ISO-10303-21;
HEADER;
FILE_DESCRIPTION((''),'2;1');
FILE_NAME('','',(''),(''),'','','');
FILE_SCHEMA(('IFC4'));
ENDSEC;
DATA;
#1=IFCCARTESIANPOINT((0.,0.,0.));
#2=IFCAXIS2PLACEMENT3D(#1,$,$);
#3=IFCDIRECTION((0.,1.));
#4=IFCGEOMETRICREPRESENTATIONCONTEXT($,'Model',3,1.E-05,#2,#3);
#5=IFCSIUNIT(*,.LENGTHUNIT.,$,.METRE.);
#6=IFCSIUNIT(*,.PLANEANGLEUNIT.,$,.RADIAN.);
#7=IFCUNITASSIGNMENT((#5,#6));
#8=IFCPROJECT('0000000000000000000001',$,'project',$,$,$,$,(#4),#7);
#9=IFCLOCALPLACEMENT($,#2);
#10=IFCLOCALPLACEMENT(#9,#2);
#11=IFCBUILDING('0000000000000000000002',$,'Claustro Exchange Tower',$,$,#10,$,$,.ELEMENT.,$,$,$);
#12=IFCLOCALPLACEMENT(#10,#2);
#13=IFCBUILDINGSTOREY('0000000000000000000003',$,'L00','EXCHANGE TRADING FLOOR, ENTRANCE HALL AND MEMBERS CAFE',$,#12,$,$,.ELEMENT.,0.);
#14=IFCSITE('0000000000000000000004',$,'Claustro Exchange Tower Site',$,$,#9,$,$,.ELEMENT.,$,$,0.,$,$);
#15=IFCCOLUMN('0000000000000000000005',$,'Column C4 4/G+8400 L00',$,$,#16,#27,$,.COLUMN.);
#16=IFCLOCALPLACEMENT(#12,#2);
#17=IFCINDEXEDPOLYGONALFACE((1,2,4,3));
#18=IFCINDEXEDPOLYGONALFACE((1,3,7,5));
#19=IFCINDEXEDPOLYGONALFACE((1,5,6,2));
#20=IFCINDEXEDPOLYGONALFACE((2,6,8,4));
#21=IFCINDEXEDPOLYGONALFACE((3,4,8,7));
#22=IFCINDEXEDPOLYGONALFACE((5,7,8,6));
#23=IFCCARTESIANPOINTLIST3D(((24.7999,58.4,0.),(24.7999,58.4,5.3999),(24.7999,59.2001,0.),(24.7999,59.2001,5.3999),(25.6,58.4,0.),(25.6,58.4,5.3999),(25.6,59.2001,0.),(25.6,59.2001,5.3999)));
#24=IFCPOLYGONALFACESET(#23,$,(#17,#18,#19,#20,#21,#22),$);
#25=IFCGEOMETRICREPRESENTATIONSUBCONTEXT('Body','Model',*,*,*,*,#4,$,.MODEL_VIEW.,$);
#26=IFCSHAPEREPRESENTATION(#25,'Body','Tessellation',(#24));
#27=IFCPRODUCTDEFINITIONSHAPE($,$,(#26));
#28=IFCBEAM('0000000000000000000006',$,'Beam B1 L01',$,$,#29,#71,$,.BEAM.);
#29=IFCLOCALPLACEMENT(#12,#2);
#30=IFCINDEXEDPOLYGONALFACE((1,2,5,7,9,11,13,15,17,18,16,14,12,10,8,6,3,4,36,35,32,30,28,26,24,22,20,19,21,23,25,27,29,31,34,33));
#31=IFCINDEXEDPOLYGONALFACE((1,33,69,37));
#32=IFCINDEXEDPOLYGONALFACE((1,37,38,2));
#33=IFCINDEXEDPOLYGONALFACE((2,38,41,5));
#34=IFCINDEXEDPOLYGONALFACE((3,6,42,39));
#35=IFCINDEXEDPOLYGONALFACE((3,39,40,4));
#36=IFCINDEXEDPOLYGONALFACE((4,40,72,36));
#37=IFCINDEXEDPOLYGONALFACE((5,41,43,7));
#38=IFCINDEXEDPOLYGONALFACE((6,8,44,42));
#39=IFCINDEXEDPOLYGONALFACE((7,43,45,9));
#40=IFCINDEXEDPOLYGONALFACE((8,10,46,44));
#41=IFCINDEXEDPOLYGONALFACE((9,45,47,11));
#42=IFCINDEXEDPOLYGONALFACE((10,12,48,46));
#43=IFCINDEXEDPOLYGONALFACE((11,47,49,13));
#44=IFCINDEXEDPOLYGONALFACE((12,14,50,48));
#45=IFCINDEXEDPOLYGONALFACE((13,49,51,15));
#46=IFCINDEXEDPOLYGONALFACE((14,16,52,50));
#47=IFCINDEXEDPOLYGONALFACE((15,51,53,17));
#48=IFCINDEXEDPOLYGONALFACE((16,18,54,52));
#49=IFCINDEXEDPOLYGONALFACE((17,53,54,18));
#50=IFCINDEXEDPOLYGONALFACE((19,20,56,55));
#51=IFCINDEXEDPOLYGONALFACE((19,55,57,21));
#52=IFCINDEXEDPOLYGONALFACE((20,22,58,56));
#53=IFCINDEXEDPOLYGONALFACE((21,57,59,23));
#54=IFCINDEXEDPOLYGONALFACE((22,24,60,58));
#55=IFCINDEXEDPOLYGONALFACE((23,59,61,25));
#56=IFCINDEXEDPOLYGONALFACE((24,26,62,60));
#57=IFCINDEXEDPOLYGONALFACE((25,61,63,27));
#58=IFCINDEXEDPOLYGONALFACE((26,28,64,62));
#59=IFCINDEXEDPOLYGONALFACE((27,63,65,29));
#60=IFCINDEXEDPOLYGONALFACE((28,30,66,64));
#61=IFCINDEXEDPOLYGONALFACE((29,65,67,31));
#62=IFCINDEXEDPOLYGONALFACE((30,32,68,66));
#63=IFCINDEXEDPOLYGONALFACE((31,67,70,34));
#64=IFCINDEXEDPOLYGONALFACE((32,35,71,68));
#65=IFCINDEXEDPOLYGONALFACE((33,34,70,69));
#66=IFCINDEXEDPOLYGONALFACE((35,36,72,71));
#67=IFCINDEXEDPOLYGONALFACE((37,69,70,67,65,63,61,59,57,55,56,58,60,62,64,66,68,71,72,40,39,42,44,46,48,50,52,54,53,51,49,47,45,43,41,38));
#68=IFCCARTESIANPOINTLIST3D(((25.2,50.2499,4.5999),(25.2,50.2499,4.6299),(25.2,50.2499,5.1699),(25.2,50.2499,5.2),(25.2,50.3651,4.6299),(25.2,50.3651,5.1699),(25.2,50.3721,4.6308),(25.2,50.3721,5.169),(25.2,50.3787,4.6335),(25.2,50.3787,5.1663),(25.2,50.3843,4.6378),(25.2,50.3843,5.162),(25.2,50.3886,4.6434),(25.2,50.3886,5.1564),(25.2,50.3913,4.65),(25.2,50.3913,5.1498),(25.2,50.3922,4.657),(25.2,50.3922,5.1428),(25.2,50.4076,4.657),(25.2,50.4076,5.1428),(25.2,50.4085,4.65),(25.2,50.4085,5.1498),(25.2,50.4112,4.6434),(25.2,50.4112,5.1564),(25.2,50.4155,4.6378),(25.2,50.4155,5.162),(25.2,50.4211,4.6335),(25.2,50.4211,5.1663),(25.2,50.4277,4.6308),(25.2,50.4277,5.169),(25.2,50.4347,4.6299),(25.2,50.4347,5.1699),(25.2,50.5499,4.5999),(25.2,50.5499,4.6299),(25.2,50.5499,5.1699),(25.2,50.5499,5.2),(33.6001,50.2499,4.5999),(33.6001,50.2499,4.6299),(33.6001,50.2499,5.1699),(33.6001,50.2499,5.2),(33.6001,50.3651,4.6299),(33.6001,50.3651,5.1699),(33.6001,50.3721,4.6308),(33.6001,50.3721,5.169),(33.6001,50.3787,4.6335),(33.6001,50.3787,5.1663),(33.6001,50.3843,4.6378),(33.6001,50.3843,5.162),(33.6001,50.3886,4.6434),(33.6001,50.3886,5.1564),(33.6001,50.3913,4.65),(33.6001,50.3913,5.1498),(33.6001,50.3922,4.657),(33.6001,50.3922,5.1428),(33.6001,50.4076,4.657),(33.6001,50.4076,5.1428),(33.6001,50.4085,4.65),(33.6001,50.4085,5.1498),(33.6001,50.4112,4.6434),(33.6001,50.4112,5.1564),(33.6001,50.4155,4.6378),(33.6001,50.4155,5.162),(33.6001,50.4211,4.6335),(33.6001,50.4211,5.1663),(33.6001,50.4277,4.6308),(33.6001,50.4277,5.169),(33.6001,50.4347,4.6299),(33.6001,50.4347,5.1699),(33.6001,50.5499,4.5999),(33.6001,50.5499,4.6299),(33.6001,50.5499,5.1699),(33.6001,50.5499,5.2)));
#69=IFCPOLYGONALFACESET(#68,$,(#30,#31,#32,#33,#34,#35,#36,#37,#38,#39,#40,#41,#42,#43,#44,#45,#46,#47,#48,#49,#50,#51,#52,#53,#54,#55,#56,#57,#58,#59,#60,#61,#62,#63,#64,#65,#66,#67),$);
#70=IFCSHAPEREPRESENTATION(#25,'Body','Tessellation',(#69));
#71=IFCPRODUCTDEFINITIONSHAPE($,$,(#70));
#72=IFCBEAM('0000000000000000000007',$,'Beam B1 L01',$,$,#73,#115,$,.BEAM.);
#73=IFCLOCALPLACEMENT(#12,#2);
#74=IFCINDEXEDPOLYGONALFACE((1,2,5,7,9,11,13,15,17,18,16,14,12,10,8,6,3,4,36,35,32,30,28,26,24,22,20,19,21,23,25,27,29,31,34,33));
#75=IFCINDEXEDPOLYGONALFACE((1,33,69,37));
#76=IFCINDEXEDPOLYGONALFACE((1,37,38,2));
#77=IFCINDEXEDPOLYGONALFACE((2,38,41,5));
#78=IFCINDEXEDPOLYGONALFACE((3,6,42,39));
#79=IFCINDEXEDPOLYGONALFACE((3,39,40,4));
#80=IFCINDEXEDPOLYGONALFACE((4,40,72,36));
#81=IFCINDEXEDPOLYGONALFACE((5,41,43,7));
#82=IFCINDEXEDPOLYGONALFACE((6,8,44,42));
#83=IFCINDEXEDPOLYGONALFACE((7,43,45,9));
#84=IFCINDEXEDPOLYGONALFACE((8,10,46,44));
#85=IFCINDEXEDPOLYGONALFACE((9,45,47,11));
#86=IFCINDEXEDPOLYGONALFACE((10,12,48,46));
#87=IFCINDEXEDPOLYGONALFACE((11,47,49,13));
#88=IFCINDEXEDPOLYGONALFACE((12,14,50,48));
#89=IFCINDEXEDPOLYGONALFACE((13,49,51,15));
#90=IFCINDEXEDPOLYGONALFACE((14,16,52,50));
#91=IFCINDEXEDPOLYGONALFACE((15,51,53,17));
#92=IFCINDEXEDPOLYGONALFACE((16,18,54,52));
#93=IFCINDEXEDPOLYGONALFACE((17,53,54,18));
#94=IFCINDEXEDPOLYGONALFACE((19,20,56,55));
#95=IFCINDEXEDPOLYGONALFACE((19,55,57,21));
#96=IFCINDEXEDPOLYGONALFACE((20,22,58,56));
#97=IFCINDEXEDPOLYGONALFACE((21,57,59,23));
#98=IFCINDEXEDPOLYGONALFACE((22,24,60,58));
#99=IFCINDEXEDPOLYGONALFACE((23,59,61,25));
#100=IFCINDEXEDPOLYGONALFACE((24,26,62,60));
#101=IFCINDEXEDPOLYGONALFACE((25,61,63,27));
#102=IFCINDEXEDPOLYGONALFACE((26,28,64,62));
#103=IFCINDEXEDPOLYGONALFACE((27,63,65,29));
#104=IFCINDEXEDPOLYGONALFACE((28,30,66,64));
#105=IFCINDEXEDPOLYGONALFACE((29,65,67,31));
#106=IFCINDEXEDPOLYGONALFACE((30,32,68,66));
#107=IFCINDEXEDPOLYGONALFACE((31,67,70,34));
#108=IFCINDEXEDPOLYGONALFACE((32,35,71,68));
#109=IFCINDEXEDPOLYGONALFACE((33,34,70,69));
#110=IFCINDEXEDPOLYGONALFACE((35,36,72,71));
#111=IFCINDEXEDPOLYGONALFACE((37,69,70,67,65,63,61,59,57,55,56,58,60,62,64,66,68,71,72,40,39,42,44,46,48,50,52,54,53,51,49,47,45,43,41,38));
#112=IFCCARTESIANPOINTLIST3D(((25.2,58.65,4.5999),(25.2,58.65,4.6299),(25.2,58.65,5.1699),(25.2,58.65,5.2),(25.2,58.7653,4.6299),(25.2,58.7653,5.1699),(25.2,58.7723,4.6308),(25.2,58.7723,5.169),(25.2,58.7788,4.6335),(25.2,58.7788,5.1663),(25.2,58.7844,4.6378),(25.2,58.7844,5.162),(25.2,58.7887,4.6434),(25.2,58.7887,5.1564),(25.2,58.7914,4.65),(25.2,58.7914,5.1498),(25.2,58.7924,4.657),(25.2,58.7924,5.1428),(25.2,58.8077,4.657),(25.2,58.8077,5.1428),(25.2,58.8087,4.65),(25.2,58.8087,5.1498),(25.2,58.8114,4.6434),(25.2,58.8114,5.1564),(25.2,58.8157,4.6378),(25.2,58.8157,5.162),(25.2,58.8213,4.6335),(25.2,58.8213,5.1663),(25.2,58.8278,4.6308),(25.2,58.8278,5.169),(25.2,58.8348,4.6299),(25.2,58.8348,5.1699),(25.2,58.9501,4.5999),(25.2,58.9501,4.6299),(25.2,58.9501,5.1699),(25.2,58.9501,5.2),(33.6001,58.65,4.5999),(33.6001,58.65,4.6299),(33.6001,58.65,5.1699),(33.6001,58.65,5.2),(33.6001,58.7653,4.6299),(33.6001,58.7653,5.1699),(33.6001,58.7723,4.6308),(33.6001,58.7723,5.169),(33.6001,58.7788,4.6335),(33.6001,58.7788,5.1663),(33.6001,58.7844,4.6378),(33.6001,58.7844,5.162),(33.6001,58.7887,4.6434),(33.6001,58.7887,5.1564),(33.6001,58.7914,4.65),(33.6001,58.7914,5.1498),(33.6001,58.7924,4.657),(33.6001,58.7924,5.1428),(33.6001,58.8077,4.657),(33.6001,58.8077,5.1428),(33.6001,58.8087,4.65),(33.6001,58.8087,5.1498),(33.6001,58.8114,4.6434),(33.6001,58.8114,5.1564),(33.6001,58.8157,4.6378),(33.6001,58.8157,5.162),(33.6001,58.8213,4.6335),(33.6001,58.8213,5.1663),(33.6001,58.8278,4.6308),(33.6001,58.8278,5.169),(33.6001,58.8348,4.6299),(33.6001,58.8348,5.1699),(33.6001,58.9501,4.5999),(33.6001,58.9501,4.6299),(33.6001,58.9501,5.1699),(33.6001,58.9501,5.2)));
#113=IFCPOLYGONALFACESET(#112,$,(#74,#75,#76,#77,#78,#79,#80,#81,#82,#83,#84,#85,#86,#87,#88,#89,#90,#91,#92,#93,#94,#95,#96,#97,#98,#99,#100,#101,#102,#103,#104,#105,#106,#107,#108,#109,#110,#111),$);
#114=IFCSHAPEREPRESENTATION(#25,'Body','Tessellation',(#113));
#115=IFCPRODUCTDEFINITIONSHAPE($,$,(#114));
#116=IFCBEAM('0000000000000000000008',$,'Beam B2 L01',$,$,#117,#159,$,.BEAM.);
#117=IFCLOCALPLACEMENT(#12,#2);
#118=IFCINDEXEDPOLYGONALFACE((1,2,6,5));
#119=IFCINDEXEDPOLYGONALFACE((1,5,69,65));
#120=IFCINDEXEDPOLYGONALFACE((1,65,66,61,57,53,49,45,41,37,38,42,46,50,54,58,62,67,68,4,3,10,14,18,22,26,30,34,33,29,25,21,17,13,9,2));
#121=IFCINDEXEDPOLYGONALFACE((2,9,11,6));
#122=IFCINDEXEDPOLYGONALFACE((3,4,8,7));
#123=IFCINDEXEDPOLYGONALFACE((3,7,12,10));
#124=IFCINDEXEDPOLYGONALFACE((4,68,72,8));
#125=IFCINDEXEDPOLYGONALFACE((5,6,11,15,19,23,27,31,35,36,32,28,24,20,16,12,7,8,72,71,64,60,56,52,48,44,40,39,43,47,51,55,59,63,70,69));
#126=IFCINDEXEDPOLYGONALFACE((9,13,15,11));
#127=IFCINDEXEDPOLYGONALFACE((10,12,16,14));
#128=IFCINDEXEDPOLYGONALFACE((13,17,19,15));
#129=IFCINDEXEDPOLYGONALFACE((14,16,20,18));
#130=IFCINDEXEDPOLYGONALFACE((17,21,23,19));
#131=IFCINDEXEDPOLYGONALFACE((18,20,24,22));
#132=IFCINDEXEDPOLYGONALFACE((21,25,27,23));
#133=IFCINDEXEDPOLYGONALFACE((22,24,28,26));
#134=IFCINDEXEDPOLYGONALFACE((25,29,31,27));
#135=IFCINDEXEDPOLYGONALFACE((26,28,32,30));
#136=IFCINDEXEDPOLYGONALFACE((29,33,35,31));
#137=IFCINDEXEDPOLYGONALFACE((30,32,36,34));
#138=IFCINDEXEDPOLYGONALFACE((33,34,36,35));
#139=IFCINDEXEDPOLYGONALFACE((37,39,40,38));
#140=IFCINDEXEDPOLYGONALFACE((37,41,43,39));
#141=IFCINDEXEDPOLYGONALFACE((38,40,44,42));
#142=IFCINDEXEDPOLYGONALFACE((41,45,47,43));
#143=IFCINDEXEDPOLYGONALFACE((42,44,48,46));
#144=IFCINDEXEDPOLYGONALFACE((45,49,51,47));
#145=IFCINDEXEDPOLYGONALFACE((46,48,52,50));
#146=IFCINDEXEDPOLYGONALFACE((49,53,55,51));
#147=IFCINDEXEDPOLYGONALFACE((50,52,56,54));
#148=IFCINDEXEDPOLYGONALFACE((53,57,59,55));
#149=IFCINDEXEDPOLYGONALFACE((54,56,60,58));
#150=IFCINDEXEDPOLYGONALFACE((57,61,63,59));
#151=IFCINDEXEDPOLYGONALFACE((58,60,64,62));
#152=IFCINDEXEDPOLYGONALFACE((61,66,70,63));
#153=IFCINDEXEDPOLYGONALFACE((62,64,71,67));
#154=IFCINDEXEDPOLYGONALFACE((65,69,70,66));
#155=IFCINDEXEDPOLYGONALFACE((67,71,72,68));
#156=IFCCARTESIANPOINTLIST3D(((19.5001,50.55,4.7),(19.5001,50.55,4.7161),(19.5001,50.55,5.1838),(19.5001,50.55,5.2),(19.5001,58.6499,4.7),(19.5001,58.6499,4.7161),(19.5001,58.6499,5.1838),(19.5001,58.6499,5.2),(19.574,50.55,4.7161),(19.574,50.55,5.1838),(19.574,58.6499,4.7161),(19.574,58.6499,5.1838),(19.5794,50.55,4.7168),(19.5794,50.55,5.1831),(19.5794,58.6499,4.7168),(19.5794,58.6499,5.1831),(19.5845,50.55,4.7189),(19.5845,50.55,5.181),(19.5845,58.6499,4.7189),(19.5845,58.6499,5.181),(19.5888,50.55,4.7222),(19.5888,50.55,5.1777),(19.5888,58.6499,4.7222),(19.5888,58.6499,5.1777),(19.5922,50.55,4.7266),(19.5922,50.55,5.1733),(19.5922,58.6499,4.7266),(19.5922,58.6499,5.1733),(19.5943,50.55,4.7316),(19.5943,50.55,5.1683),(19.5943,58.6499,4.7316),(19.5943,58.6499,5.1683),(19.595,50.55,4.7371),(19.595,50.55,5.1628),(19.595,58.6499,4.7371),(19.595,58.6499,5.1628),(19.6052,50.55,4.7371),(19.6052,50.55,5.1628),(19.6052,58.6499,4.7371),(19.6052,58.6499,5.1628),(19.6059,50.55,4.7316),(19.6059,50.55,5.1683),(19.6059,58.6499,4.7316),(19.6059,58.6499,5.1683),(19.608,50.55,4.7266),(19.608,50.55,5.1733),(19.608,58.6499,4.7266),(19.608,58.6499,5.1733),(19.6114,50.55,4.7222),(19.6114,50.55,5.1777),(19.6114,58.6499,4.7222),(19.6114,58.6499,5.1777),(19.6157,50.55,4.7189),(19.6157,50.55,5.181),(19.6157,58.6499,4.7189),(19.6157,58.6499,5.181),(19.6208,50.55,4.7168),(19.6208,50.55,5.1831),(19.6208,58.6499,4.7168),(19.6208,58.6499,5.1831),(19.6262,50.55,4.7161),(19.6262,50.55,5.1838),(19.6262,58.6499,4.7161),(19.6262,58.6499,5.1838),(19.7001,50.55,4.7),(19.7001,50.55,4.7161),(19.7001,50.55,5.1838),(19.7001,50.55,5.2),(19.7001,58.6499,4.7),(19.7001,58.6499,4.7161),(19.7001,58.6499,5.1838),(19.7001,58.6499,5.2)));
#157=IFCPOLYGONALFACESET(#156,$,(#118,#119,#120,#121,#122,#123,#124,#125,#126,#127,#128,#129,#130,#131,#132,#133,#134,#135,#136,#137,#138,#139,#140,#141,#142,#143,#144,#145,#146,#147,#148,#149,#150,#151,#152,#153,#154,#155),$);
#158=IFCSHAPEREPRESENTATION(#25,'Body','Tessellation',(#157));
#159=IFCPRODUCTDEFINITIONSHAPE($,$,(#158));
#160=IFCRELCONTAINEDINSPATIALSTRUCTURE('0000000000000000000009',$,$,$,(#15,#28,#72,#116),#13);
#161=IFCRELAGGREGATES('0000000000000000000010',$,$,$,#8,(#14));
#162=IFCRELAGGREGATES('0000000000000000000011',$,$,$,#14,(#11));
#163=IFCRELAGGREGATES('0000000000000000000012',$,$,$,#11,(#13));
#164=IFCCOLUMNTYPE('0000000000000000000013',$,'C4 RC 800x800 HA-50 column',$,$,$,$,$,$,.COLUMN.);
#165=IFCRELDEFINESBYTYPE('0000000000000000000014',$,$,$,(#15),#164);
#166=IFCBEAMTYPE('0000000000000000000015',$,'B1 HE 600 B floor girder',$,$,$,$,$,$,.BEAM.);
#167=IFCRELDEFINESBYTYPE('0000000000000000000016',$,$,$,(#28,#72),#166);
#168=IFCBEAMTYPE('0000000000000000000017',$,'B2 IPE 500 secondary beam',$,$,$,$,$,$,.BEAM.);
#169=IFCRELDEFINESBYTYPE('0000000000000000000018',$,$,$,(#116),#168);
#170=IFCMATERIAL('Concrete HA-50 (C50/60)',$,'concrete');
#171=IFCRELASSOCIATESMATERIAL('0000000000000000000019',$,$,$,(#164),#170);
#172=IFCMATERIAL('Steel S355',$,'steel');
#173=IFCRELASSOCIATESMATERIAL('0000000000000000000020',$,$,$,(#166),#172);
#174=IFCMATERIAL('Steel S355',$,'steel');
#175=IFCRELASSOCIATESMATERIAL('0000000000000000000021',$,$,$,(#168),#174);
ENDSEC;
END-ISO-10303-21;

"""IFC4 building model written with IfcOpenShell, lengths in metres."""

from ifc_helpers import new_model, si_unit, direction, frame, origin, origin_2d, place, context, subcontext, project, spatial, rectangle, i_section, extrude, material, material_profile, profile_set, type_object, element, save


model = new_model("IFC4")

# Units and contexts
model_context = context("Model", 3, precision=1e-05, world=origin(), true_north=direction((0.0, 1.0)))
body_context = subcontext(model_context, "Body", "Model", "MODEL_VIEW")
ifc_project = project(units=[si_unit("LENGTHUNIT", "METRE"), si_unit("PLANEANGLEUNIT", "RADIAN")], contexts=[model_context])

# Site, building, storey
site_placement = place(None, origin())
site = spatial("IfcSite", under=ifc_project, at=site_placement, Name="Claustro Exchange Tower Site", CompositionType="ELEMENT", RefElevation=0.0)
building_placement = place(site_placement, origin())
building = spatial("IfcBuilding", under=site, at=building_placement, Name="Claustro Exchange Tower", CompositionType="ELEMENT")
storey_placement = place(building_placement, origin())
storey = spatial("IfcBuildingStorey", under=building, at=storey_placement, Name="L00", Description="EXCHANGE TRADING FLOOR, ENTRANCE HALL AND MEMBERS CAFE", CompositionType="ELEMENT", Elevation=0.0)

# Column
ifc_material_1 = material(Name="Concrete HA-50 (C50/60)", Category="concrete")
ifc_material_profile_1 = material_profile(ifc_material_1, rectangle(XDim=0.8, YDim=0.8, at=origin_2d()), Name="RC 800x800")
ifc_profile_set_1 = profile_set([ifc_material_profile_1], Name="Concrete HA-50 (C50/60)")
column_type = type_object("IfcColumnType", Name="C4 RC 800x800 HA-50 column", PredefinedType="COLUMN", material=ifc_profile_set_1)
column_placement = place(storey_placement, frame((25.2, 58.8, 0.0), z_axis=(0.0, 0.0, 1.0), x_axis=(1.0, 0.0, 0.0)))
element("IfcColumn", 1, at=column_placement, inside=storey, type_object=column_type, Name="Column C4 4/G+8400 L00", PredefinedType="COLUMN", context=body_context, shape_type="SweptSolid", body=[
    extrude(rectangle(XDim=0.8, YDim=0.8, at=origin_2d()), origin(), (0.0, 0.0, 1.0), 5.3999),
])

# Beams
ifc_material_2 = material(Name="Steel S355", Category="steel")
ifc_material_profile_2 = material_profile(ifc_material_2, i_section(OverallWidth=0.3, OverallDepth=0.6001, WebThickness=0.0154, FlangeThickness=0.03, FilletRadius=0.0271, at=origin_2d()), Name="HE 600 B")
ifc_profile_set_2 = profile_set([ifc_material_profile_2], Name="Steel S355")
beam_type_1 = type_object("IfcBeamType", Name="B1 HE 600 B floor girder", PredefinedType="BEAM", material=ifc_profile_set_2)
for number, where, z_axis, x_axis, name in (
    (2, (25.2, 50.3999, 4.8999), (1.0, 0.0, 0.0), (0.0, 1.0, 0.0), "Beam B1 L01"),
    (3, (25.2, 58.8, 4.8999), (1.0, 0.0, 0.0), (0.0, 1.0, 0.0), "Beam B1 L01"),
):
    element("IfcBeam", number, at=place(storey_placement, frame(where, z_axis=z_axis, x_axis=x_axis)), inside=storey, type_object=beam_type_1, Name=name, PredefinedType="BEAM", context=body_context, shape_type="SweptSolid", body=[
        extrude(i_section(OverallWidth=0.3, OverallDepth=0.6001, WebThickness=0.0154, FlangeThickness=0.03, FilletRadius=0.0271, at=origin_2d()), origin(), (0.0, 0.0, 1.0), 8.4001),
    ])
ifc_material_3 = material(Name="Steel S355", Category="steel")
ifc_material_profile_3 = material_profile(ifc_material_3, i_section(OverallWidth=0.2, OverallDepth=0.5, WebThickness=0.0103, FlangeThickness=0.0161, FilletRadius=0.021, at=origin_2d()), Name="IPE 500")
ifc_profile_set_3 = profile_set([ifc_material_profile_3], Name="Steel S355")
beam_type_2 = type_object("IfcBeamType", Name="B2 IPE 500 secondary beam", PredefinedType="BEAM", material=ifc_profile_set_3)
for number, where, z_axis, x_axis, name in (
    (4, (19.6001, 50.55, 4.95), (0.0, 1.0, 0.0), (-1.0, 0.0, 0.0), "Beam B2 L01"),
):
    element("IfcBeam", number, at=place(storey_placement, frame(where, z_axis=z_axis, x_axis=x_axis)), inside=storey, type_object=beam_type_2, Name=name, PredefinedType="BEAM", context=body_context, shape_type="SweptSolid", body=[
        extrude(i_section(OverallWidth=0.2, OverallDepth=0.5, WebThickness=0.0103, FlangeThickness=0.0161, FilletRadius=0.021, at=origin_2d()), origin(), (0.0, 0.0, 1.0), 8.0999),
    ])

save(model, "model.ifc")
